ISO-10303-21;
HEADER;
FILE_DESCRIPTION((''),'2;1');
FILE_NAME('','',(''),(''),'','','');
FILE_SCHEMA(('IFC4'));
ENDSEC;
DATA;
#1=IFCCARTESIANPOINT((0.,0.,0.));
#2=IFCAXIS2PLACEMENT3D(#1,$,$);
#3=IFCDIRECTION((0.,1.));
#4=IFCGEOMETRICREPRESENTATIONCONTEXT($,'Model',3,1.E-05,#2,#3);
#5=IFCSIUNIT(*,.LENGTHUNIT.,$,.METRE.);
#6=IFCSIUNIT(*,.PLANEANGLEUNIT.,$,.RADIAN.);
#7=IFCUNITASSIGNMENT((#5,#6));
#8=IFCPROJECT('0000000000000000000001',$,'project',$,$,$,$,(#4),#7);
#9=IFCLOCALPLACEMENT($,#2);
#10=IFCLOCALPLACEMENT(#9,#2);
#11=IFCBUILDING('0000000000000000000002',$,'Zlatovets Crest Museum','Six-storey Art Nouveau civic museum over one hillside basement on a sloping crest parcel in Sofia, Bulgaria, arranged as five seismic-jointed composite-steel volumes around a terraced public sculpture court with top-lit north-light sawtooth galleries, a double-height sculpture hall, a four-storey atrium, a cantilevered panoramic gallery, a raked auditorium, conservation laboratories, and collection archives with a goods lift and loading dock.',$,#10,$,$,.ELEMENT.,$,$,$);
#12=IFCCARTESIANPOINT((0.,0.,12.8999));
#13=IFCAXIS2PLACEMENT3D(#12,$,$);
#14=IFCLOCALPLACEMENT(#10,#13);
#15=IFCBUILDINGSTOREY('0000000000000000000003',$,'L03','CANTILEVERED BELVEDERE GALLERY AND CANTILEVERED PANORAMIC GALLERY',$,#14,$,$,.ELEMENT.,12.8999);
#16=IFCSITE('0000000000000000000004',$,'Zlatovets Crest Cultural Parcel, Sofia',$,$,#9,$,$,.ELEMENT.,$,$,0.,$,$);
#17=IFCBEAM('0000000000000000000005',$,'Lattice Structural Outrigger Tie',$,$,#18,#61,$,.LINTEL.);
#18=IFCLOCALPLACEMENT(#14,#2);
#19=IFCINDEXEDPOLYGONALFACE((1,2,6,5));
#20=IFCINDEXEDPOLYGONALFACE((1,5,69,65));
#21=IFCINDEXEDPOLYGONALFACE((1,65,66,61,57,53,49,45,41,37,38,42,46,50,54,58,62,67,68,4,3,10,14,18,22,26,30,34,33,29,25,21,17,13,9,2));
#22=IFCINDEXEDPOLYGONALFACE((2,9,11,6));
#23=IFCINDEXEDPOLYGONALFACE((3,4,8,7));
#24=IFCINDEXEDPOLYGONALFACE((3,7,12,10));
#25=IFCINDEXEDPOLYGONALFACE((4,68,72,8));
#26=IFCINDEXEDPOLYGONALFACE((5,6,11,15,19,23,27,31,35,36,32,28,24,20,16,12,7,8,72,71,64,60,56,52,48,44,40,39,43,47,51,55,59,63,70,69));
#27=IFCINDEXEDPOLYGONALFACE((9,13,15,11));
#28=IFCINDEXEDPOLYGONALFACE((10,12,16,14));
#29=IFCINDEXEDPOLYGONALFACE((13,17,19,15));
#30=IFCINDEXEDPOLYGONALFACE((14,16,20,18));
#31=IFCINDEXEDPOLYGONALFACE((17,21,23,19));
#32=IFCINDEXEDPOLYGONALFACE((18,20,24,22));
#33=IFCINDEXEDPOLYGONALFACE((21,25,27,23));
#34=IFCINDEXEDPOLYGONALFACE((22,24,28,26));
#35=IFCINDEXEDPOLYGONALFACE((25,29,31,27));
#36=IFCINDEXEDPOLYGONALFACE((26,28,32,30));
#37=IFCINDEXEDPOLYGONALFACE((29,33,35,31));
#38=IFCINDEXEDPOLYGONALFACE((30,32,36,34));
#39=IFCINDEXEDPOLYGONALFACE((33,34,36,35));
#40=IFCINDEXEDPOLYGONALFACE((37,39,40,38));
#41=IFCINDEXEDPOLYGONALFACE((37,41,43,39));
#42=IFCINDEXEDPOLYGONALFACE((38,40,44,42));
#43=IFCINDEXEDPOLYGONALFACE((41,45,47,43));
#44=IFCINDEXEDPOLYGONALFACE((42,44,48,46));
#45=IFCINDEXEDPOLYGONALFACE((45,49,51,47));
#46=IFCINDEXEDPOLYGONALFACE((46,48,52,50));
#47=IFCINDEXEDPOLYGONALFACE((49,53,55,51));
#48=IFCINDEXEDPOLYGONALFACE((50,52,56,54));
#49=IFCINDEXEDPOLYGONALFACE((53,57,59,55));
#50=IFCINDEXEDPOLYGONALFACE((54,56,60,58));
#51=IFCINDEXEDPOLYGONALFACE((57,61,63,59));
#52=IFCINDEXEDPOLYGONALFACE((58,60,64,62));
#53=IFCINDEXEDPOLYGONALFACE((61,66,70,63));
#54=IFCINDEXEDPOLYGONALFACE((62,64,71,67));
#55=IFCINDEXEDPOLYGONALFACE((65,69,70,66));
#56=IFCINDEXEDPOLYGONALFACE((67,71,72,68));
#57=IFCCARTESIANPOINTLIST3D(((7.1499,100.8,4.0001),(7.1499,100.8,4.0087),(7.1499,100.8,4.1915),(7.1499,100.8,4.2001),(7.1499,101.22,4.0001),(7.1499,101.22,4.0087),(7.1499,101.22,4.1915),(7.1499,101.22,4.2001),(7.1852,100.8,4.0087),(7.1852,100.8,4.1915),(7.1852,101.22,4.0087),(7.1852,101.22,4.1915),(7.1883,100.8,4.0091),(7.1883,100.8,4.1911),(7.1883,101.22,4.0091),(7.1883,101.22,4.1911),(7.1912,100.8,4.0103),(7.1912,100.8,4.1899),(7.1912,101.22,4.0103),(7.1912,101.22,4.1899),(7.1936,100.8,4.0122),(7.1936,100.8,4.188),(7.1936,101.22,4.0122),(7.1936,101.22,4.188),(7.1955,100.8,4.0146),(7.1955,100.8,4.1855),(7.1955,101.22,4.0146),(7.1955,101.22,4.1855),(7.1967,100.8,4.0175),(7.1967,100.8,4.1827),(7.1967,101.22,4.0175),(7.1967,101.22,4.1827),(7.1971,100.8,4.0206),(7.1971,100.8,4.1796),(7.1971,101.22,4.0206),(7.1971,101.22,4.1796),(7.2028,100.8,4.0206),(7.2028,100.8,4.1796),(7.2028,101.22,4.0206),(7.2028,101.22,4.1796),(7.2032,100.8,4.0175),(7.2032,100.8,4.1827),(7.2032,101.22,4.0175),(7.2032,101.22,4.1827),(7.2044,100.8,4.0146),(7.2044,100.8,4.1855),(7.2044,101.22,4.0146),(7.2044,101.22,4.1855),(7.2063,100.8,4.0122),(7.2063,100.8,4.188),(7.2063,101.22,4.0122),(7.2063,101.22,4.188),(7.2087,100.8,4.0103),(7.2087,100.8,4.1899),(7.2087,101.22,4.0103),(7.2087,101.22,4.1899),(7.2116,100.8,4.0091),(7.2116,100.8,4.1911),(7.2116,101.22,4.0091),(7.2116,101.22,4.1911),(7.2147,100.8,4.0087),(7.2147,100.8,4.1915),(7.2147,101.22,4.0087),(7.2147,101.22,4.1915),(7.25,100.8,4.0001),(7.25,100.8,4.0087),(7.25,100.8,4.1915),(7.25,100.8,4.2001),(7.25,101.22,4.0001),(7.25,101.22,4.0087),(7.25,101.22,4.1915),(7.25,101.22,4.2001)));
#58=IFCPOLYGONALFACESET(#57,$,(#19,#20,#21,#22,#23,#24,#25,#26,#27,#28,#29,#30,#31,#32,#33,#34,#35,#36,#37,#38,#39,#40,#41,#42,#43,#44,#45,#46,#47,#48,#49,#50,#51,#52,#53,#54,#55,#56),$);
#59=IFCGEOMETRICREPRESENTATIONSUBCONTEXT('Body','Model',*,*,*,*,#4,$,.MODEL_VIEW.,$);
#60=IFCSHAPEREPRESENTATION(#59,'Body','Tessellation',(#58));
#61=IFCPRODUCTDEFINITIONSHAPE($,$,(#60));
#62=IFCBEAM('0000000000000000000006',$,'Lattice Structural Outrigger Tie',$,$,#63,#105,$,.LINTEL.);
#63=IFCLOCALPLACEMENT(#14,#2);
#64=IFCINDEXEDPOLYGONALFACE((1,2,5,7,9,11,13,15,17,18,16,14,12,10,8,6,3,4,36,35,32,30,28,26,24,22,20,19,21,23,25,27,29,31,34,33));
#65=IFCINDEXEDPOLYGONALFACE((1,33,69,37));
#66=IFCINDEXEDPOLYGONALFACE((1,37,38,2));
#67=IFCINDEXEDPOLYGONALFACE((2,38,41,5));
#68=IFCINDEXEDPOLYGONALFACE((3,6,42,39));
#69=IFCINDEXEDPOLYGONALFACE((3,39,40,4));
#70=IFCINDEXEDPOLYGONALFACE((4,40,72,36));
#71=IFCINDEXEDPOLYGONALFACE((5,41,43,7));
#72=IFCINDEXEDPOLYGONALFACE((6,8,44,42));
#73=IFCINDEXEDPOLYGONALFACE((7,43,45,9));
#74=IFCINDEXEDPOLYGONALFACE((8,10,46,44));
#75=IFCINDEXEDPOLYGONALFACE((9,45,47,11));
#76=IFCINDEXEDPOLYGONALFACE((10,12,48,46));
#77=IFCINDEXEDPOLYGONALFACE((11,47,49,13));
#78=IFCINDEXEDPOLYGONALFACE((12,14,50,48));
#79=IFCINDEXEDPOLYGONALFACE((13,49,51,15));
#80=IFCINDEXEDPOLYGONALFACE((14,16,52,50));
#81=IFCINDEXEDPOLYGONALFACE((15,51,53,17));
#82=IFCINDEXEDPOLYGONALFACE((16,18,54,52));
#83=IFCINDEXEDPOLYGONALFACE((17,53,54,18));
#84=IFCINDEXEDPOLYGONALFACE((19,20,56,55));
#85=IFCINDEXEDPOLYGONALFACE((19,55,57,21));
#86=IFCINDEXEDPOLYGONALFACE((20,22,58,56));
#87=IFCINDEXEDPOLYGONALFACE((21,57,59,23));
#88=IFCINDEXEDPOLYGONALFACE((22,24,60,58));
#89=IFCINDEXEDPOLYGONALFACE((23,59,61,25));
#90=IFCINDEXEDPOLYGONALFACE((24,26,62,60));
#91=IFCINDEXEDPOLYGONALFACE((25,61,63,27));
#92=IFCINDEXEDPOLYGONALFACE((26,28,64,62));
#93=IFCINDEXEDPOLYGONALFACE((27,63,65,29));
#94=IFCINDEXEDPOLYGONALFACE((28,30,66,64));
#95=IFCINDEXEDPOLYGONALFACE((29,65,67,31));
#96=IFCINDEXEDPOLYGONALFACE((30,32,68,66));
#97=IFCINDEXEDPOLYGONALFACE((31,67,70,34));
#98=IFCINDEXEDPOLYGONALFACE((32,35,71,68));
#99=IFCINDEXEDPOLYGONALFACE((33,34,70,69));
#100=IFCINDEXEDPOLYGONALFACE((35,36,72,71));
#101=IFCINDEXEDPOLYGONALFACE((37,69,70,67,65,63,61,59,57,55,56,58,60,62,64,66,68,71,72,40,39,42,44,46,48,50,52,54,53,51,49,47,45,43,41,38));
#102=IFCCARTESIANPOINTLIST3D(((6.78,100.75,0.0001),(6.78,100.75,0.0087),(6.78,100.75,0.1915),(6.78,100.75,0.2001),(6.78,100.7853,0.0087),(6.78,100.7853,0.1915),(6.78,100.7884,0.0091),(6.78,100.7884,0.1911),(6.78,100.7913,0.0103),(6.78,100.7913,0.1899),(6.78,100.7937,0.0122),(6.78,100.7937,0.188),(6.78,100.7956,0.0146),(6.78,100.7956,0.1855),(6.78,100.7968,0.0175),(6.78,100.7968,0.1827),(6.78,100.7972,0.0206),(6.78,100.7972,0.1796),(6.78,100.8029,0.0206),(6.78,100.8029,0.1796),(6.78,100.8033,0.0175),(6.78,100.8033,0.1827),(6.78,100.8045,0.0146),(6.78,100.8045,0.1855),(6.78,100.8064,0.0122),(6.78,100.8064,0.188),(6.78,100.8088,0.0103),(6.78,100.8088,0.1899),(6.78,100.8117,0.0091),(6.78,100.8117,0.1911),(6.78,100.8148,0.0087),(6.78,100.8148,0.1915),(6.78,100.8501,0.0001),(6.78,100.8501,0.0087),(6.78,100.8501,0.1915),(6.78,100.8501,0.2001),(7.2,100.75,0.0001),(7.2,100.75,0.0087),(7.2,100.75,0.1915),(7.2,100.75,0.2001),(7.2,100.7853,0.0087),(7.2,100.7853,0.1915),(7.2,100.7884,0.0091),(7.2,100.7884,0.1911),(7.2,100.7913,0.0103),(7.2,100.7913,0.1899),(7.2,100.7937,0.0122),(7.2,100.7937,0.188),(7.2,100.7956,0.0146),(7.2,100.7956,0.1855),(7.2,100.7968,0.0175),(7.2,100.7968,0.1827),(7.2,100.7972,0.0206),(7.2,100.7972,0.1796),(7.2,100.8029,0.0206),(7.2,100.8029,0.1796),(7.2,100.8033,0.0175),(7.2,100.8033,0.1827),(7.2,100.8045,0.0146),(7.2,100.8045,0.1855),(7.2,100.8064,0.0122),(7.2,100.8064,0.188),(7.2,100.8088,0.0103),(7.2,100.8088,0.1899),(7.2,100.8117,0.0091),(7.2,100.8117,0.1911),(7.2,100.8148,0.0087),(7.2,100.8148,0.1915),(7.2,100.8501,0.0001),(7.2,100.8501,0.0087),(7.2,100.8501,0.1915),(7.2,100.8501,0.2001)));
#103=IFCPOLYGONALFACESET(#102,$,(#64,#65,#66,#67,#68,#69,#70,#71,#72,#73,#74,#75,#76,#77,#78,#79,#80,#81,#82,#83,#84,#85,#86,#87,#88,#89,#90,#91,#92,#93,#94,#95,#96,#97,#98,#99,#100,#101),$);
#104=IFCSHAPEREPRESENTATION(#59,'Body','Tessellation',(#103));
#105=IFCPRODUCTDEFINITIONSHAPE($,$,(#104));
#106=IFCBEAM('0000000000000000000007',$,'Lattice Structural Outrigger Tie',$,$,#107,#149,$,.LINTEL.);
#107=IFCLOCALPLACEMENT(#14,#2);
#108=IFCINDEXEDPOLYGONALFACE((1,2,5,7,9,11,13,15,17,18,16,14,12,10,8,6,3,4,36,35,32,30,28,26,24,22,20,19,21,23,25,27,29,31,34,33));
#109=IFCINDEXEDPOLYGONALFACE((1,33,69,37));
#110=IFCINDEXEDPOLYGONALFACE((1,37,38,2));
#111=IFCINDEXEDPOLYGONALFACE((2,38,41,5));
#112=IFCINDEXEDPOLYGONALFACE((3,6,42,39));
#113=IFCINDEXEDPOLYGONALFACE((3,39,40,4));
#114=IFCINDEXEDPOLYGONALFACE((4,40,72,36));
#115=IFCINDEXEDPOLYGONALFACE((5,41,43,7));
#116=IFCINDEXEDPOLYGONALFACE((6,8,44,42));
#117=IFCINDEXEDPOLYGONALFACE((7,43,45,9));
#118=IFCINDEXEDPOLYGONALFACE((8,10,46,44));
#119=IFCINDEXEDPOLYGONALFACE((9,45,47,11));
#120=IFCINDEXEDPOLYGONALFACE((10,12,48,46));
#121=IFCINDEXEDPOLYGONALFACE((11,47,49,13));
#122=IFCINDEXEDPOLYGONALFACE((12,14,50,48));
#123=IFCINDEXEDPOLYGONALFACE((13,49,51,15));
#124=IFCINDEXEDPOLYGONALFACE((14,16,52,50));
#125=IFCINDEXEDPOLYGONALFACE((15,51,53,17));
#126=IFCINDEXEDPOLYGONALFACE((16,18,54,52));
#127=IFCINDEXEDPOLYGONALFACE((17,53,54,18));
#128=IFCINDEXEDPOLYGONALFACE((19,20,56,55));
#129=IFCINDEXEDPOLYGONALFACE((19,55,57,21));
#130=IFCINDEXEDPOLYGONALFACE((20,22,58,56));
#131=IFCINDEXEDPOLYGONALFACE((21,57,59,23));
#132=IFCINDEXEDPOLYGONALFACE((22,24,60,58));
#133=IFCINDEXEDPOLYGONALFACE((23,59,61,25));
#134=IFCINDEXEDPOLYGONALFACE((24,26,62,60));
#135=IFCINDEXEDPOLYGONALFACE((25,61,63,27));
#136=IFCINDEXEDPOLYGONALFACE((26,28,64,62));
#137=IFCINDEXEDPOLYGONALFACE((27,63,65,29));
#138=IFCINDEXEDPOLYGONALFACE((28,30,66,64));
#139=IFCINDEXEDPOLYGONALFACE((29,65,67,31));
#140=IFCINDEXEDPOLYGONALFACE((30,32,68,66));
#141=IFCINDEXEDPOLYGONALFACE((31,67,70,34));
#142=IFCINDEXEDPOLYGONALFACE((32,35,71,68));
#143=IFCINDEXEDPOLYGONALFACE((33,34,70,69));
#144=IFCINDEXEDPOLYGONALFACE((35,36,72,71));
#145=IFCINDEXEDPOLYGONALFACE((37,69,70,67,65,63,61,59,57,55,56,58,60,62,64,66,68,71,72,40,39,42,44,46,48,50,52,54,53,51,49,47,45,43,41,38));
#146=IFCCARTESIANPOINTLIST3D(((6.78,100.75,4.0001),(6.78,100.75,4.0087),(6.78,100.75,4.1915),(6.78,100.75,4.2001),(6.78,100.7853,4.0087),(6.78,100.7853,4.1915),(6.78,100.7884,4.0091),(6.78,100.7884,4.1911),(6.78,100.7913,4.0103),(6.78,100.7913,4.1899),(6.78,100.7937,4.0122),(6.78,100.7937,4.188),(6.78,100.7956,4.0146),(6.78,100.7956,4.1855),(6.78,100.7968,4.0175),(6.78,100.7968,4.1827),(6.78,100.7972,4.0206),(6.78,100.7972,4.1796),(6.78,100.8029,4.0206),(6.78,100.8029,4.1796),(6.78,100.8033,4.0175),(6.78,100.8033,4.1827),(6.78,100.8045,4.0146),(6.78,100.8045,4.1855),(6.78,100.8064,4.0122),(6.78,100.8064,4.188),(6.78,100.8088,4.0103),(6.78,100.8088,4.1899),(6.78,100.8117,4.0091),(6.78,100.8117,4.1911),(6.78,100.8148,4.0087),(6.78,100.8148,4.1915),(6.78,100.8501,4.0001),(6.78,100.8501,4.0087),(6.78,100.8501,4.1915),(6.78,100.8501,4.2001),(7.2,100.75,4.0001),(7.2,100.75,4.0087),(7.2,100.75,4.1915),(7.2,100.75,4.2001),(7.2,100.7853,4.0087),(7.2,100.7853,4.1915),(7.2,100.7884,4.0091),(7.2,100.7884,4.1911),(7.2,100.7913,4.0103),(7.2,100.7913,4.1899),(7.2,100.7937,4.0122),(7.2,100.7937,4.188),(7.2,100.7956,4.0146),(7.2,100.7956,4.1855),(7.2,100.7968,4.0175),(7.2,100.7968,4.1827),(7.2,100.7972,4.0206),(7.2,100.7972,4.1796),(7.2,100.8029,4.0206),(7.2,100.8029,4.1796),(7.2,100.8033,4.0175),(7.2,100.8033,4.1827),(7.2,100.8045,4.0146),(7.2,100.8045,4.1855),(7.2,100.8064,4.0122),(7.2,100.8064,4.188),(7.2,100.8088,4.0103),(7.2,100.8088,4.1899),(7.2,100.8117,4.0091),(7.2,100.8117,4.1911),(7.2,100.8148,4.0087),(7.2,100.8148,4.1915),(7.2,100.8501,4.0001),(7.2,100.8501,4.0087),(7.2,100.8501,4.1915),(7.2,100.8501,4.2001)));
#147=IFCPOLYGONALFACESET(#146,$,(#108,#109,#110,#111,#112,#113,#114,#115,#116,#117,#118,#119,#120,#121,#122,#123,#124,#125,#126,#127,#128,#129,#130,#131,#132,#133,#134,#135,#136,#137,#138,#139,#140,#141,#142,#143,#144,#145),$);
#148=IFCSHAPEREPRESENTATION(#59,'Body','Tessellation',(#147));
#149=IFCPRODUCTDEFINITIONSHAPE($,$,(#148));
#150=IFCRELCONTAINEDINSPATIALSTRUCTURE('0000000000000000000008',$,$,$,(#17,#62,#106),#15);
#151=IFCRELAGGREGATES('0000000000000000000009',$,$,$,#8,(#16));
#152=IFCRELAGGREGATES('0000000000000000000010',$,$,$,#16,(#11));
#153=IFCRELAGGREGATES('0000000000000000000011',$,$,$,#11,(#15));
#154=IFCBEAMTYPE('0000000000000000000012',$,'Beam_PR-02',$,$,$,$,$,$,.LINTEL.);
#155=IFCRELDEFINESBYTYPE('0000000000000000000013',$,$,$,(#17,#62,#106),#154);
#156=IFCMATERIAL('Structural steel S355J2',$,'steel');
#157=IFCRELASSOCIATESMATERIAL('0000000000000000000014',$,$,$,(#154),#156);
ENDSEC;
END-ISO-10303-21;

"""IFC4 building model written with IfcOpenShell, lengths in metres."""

from ifc_helpers import new_model, si_unit, direction, frame, origin, origin_2d, place, context, subcontext, project, spatial, i_section, extrude, material, material_profile, profile_set, type_object, element, save


model = new_model("IFC4")

# Units and contexts
model_context = context("Model", 3, precision=1e-05, world=origin(), true_north=direction((0.0, 1.0)))
body_context = subcontext(model_context, "Body", "Model", "MODEL_VIEW")
ifc_project = project(units=[si_unit("LENGTHUNIT", "METRE"), si_unit("PLANEANGLEUNIT", "RADIAN")], contexts=[model_context])

# Site, building, storey
site_placement = place(None, origin())
site = spatial("IfcSite", under=ifc_project, at=site_placement, Name="Zlatovets Crest Cultural Parcel, Sofia", CompositionType="ELEMENT", RefElevation=0.0)
building_placement = place(site_placement, origin())
building = spatial("IfcBuilding", under=site, at=building_placement, Name="Zlatovets Crest Museum", Description="Six-storey Art Nouveau civic museum over one hillside basement on a sloping crest parcel in Sofia, Bulgaria, arranged as five seismic-jointed composite-steel volumes around a terraced public sculpture court with top-lit north-light sawtooth galleries, a double-height sculpture hall, a four-storey atrium, a cantilevered panoramic gallery, a raked auditorium, conservation laboratories, and collection archives with a goods lift and loading dock.", CompositionType="ELEMENT")
storey_placement = place(building_placement, frame((0.0, 0.0, 12.8999)))
storey = spatial("IfcBuildingStorey", under=building, at=storey_placement, Name="L03", Description="CANTILEVERED BELVEDERE GALLERY AND CANTILEVERED PANORAMIC GALLERY", CompositionType="ELEMENT", Elevation=12.8999)

# Shared definitions
ifc_material_1 = material(Name="Structural steel S355J2", Category="steel")

# Beams
ifc_material_profile_1 = material_profile(ifc_material_1, i_section(OverallWidth=0.1001, OverallDepth=0.2, WebThickness=0.0056, FlangeThickness=0.0085, FilletRadius=0.012, at=origin_2d()), Name="IPE 200")
ifc_profile_set_1 = profile_set([ifc_material_profile_1], Name="Structural steel S355J2")
beam_type_1 = type_object("IfcBeamType", Name="Beam_PR-02", PredefinedType="LINTEL", material=ifc_profile_set_1)
for number, where, z_axis, x_axis, name in (
    (1, (7.2, 100.8, 4.1001), (0.0, 1.0, 0.0), (-1.0, 0.0, 0.0), "Lattice Structural Outrigger Tie"),
    (2, (7.2, 100.8, 0.1001), (-1.0, 0.0, 0.0), (0.0, -1.0, 0.0), "Lattice Structural Outrigger Tie"),
    (3, (7.2, 100.8, 4.1001), (-1.0, 0.0, 0.0), (0.0, -1.0, 0.0), "Lattice Structural Outrigger Tie"),
):
    element("IfcBeam", number, at=place(storey_placement, frame(where, z_axis=z_axis, x_axis=x_axis)), inside=storey, type_object=beam_type_1, Name=name, PredefinedType="LINTEL", context=body_context, shape_type="SweptSolid", body=[
        extrude(i_section(OverallWidth=0.1001, OverallDepth=0.2, WebThickness=0.0056, FlangeThickness=0.0085, FilletRadius=0.012, at=origin_2d()), origin(), (0.0, 0.0, 1.0), 0.4199),
    ])

save(model, "model.ifc")
